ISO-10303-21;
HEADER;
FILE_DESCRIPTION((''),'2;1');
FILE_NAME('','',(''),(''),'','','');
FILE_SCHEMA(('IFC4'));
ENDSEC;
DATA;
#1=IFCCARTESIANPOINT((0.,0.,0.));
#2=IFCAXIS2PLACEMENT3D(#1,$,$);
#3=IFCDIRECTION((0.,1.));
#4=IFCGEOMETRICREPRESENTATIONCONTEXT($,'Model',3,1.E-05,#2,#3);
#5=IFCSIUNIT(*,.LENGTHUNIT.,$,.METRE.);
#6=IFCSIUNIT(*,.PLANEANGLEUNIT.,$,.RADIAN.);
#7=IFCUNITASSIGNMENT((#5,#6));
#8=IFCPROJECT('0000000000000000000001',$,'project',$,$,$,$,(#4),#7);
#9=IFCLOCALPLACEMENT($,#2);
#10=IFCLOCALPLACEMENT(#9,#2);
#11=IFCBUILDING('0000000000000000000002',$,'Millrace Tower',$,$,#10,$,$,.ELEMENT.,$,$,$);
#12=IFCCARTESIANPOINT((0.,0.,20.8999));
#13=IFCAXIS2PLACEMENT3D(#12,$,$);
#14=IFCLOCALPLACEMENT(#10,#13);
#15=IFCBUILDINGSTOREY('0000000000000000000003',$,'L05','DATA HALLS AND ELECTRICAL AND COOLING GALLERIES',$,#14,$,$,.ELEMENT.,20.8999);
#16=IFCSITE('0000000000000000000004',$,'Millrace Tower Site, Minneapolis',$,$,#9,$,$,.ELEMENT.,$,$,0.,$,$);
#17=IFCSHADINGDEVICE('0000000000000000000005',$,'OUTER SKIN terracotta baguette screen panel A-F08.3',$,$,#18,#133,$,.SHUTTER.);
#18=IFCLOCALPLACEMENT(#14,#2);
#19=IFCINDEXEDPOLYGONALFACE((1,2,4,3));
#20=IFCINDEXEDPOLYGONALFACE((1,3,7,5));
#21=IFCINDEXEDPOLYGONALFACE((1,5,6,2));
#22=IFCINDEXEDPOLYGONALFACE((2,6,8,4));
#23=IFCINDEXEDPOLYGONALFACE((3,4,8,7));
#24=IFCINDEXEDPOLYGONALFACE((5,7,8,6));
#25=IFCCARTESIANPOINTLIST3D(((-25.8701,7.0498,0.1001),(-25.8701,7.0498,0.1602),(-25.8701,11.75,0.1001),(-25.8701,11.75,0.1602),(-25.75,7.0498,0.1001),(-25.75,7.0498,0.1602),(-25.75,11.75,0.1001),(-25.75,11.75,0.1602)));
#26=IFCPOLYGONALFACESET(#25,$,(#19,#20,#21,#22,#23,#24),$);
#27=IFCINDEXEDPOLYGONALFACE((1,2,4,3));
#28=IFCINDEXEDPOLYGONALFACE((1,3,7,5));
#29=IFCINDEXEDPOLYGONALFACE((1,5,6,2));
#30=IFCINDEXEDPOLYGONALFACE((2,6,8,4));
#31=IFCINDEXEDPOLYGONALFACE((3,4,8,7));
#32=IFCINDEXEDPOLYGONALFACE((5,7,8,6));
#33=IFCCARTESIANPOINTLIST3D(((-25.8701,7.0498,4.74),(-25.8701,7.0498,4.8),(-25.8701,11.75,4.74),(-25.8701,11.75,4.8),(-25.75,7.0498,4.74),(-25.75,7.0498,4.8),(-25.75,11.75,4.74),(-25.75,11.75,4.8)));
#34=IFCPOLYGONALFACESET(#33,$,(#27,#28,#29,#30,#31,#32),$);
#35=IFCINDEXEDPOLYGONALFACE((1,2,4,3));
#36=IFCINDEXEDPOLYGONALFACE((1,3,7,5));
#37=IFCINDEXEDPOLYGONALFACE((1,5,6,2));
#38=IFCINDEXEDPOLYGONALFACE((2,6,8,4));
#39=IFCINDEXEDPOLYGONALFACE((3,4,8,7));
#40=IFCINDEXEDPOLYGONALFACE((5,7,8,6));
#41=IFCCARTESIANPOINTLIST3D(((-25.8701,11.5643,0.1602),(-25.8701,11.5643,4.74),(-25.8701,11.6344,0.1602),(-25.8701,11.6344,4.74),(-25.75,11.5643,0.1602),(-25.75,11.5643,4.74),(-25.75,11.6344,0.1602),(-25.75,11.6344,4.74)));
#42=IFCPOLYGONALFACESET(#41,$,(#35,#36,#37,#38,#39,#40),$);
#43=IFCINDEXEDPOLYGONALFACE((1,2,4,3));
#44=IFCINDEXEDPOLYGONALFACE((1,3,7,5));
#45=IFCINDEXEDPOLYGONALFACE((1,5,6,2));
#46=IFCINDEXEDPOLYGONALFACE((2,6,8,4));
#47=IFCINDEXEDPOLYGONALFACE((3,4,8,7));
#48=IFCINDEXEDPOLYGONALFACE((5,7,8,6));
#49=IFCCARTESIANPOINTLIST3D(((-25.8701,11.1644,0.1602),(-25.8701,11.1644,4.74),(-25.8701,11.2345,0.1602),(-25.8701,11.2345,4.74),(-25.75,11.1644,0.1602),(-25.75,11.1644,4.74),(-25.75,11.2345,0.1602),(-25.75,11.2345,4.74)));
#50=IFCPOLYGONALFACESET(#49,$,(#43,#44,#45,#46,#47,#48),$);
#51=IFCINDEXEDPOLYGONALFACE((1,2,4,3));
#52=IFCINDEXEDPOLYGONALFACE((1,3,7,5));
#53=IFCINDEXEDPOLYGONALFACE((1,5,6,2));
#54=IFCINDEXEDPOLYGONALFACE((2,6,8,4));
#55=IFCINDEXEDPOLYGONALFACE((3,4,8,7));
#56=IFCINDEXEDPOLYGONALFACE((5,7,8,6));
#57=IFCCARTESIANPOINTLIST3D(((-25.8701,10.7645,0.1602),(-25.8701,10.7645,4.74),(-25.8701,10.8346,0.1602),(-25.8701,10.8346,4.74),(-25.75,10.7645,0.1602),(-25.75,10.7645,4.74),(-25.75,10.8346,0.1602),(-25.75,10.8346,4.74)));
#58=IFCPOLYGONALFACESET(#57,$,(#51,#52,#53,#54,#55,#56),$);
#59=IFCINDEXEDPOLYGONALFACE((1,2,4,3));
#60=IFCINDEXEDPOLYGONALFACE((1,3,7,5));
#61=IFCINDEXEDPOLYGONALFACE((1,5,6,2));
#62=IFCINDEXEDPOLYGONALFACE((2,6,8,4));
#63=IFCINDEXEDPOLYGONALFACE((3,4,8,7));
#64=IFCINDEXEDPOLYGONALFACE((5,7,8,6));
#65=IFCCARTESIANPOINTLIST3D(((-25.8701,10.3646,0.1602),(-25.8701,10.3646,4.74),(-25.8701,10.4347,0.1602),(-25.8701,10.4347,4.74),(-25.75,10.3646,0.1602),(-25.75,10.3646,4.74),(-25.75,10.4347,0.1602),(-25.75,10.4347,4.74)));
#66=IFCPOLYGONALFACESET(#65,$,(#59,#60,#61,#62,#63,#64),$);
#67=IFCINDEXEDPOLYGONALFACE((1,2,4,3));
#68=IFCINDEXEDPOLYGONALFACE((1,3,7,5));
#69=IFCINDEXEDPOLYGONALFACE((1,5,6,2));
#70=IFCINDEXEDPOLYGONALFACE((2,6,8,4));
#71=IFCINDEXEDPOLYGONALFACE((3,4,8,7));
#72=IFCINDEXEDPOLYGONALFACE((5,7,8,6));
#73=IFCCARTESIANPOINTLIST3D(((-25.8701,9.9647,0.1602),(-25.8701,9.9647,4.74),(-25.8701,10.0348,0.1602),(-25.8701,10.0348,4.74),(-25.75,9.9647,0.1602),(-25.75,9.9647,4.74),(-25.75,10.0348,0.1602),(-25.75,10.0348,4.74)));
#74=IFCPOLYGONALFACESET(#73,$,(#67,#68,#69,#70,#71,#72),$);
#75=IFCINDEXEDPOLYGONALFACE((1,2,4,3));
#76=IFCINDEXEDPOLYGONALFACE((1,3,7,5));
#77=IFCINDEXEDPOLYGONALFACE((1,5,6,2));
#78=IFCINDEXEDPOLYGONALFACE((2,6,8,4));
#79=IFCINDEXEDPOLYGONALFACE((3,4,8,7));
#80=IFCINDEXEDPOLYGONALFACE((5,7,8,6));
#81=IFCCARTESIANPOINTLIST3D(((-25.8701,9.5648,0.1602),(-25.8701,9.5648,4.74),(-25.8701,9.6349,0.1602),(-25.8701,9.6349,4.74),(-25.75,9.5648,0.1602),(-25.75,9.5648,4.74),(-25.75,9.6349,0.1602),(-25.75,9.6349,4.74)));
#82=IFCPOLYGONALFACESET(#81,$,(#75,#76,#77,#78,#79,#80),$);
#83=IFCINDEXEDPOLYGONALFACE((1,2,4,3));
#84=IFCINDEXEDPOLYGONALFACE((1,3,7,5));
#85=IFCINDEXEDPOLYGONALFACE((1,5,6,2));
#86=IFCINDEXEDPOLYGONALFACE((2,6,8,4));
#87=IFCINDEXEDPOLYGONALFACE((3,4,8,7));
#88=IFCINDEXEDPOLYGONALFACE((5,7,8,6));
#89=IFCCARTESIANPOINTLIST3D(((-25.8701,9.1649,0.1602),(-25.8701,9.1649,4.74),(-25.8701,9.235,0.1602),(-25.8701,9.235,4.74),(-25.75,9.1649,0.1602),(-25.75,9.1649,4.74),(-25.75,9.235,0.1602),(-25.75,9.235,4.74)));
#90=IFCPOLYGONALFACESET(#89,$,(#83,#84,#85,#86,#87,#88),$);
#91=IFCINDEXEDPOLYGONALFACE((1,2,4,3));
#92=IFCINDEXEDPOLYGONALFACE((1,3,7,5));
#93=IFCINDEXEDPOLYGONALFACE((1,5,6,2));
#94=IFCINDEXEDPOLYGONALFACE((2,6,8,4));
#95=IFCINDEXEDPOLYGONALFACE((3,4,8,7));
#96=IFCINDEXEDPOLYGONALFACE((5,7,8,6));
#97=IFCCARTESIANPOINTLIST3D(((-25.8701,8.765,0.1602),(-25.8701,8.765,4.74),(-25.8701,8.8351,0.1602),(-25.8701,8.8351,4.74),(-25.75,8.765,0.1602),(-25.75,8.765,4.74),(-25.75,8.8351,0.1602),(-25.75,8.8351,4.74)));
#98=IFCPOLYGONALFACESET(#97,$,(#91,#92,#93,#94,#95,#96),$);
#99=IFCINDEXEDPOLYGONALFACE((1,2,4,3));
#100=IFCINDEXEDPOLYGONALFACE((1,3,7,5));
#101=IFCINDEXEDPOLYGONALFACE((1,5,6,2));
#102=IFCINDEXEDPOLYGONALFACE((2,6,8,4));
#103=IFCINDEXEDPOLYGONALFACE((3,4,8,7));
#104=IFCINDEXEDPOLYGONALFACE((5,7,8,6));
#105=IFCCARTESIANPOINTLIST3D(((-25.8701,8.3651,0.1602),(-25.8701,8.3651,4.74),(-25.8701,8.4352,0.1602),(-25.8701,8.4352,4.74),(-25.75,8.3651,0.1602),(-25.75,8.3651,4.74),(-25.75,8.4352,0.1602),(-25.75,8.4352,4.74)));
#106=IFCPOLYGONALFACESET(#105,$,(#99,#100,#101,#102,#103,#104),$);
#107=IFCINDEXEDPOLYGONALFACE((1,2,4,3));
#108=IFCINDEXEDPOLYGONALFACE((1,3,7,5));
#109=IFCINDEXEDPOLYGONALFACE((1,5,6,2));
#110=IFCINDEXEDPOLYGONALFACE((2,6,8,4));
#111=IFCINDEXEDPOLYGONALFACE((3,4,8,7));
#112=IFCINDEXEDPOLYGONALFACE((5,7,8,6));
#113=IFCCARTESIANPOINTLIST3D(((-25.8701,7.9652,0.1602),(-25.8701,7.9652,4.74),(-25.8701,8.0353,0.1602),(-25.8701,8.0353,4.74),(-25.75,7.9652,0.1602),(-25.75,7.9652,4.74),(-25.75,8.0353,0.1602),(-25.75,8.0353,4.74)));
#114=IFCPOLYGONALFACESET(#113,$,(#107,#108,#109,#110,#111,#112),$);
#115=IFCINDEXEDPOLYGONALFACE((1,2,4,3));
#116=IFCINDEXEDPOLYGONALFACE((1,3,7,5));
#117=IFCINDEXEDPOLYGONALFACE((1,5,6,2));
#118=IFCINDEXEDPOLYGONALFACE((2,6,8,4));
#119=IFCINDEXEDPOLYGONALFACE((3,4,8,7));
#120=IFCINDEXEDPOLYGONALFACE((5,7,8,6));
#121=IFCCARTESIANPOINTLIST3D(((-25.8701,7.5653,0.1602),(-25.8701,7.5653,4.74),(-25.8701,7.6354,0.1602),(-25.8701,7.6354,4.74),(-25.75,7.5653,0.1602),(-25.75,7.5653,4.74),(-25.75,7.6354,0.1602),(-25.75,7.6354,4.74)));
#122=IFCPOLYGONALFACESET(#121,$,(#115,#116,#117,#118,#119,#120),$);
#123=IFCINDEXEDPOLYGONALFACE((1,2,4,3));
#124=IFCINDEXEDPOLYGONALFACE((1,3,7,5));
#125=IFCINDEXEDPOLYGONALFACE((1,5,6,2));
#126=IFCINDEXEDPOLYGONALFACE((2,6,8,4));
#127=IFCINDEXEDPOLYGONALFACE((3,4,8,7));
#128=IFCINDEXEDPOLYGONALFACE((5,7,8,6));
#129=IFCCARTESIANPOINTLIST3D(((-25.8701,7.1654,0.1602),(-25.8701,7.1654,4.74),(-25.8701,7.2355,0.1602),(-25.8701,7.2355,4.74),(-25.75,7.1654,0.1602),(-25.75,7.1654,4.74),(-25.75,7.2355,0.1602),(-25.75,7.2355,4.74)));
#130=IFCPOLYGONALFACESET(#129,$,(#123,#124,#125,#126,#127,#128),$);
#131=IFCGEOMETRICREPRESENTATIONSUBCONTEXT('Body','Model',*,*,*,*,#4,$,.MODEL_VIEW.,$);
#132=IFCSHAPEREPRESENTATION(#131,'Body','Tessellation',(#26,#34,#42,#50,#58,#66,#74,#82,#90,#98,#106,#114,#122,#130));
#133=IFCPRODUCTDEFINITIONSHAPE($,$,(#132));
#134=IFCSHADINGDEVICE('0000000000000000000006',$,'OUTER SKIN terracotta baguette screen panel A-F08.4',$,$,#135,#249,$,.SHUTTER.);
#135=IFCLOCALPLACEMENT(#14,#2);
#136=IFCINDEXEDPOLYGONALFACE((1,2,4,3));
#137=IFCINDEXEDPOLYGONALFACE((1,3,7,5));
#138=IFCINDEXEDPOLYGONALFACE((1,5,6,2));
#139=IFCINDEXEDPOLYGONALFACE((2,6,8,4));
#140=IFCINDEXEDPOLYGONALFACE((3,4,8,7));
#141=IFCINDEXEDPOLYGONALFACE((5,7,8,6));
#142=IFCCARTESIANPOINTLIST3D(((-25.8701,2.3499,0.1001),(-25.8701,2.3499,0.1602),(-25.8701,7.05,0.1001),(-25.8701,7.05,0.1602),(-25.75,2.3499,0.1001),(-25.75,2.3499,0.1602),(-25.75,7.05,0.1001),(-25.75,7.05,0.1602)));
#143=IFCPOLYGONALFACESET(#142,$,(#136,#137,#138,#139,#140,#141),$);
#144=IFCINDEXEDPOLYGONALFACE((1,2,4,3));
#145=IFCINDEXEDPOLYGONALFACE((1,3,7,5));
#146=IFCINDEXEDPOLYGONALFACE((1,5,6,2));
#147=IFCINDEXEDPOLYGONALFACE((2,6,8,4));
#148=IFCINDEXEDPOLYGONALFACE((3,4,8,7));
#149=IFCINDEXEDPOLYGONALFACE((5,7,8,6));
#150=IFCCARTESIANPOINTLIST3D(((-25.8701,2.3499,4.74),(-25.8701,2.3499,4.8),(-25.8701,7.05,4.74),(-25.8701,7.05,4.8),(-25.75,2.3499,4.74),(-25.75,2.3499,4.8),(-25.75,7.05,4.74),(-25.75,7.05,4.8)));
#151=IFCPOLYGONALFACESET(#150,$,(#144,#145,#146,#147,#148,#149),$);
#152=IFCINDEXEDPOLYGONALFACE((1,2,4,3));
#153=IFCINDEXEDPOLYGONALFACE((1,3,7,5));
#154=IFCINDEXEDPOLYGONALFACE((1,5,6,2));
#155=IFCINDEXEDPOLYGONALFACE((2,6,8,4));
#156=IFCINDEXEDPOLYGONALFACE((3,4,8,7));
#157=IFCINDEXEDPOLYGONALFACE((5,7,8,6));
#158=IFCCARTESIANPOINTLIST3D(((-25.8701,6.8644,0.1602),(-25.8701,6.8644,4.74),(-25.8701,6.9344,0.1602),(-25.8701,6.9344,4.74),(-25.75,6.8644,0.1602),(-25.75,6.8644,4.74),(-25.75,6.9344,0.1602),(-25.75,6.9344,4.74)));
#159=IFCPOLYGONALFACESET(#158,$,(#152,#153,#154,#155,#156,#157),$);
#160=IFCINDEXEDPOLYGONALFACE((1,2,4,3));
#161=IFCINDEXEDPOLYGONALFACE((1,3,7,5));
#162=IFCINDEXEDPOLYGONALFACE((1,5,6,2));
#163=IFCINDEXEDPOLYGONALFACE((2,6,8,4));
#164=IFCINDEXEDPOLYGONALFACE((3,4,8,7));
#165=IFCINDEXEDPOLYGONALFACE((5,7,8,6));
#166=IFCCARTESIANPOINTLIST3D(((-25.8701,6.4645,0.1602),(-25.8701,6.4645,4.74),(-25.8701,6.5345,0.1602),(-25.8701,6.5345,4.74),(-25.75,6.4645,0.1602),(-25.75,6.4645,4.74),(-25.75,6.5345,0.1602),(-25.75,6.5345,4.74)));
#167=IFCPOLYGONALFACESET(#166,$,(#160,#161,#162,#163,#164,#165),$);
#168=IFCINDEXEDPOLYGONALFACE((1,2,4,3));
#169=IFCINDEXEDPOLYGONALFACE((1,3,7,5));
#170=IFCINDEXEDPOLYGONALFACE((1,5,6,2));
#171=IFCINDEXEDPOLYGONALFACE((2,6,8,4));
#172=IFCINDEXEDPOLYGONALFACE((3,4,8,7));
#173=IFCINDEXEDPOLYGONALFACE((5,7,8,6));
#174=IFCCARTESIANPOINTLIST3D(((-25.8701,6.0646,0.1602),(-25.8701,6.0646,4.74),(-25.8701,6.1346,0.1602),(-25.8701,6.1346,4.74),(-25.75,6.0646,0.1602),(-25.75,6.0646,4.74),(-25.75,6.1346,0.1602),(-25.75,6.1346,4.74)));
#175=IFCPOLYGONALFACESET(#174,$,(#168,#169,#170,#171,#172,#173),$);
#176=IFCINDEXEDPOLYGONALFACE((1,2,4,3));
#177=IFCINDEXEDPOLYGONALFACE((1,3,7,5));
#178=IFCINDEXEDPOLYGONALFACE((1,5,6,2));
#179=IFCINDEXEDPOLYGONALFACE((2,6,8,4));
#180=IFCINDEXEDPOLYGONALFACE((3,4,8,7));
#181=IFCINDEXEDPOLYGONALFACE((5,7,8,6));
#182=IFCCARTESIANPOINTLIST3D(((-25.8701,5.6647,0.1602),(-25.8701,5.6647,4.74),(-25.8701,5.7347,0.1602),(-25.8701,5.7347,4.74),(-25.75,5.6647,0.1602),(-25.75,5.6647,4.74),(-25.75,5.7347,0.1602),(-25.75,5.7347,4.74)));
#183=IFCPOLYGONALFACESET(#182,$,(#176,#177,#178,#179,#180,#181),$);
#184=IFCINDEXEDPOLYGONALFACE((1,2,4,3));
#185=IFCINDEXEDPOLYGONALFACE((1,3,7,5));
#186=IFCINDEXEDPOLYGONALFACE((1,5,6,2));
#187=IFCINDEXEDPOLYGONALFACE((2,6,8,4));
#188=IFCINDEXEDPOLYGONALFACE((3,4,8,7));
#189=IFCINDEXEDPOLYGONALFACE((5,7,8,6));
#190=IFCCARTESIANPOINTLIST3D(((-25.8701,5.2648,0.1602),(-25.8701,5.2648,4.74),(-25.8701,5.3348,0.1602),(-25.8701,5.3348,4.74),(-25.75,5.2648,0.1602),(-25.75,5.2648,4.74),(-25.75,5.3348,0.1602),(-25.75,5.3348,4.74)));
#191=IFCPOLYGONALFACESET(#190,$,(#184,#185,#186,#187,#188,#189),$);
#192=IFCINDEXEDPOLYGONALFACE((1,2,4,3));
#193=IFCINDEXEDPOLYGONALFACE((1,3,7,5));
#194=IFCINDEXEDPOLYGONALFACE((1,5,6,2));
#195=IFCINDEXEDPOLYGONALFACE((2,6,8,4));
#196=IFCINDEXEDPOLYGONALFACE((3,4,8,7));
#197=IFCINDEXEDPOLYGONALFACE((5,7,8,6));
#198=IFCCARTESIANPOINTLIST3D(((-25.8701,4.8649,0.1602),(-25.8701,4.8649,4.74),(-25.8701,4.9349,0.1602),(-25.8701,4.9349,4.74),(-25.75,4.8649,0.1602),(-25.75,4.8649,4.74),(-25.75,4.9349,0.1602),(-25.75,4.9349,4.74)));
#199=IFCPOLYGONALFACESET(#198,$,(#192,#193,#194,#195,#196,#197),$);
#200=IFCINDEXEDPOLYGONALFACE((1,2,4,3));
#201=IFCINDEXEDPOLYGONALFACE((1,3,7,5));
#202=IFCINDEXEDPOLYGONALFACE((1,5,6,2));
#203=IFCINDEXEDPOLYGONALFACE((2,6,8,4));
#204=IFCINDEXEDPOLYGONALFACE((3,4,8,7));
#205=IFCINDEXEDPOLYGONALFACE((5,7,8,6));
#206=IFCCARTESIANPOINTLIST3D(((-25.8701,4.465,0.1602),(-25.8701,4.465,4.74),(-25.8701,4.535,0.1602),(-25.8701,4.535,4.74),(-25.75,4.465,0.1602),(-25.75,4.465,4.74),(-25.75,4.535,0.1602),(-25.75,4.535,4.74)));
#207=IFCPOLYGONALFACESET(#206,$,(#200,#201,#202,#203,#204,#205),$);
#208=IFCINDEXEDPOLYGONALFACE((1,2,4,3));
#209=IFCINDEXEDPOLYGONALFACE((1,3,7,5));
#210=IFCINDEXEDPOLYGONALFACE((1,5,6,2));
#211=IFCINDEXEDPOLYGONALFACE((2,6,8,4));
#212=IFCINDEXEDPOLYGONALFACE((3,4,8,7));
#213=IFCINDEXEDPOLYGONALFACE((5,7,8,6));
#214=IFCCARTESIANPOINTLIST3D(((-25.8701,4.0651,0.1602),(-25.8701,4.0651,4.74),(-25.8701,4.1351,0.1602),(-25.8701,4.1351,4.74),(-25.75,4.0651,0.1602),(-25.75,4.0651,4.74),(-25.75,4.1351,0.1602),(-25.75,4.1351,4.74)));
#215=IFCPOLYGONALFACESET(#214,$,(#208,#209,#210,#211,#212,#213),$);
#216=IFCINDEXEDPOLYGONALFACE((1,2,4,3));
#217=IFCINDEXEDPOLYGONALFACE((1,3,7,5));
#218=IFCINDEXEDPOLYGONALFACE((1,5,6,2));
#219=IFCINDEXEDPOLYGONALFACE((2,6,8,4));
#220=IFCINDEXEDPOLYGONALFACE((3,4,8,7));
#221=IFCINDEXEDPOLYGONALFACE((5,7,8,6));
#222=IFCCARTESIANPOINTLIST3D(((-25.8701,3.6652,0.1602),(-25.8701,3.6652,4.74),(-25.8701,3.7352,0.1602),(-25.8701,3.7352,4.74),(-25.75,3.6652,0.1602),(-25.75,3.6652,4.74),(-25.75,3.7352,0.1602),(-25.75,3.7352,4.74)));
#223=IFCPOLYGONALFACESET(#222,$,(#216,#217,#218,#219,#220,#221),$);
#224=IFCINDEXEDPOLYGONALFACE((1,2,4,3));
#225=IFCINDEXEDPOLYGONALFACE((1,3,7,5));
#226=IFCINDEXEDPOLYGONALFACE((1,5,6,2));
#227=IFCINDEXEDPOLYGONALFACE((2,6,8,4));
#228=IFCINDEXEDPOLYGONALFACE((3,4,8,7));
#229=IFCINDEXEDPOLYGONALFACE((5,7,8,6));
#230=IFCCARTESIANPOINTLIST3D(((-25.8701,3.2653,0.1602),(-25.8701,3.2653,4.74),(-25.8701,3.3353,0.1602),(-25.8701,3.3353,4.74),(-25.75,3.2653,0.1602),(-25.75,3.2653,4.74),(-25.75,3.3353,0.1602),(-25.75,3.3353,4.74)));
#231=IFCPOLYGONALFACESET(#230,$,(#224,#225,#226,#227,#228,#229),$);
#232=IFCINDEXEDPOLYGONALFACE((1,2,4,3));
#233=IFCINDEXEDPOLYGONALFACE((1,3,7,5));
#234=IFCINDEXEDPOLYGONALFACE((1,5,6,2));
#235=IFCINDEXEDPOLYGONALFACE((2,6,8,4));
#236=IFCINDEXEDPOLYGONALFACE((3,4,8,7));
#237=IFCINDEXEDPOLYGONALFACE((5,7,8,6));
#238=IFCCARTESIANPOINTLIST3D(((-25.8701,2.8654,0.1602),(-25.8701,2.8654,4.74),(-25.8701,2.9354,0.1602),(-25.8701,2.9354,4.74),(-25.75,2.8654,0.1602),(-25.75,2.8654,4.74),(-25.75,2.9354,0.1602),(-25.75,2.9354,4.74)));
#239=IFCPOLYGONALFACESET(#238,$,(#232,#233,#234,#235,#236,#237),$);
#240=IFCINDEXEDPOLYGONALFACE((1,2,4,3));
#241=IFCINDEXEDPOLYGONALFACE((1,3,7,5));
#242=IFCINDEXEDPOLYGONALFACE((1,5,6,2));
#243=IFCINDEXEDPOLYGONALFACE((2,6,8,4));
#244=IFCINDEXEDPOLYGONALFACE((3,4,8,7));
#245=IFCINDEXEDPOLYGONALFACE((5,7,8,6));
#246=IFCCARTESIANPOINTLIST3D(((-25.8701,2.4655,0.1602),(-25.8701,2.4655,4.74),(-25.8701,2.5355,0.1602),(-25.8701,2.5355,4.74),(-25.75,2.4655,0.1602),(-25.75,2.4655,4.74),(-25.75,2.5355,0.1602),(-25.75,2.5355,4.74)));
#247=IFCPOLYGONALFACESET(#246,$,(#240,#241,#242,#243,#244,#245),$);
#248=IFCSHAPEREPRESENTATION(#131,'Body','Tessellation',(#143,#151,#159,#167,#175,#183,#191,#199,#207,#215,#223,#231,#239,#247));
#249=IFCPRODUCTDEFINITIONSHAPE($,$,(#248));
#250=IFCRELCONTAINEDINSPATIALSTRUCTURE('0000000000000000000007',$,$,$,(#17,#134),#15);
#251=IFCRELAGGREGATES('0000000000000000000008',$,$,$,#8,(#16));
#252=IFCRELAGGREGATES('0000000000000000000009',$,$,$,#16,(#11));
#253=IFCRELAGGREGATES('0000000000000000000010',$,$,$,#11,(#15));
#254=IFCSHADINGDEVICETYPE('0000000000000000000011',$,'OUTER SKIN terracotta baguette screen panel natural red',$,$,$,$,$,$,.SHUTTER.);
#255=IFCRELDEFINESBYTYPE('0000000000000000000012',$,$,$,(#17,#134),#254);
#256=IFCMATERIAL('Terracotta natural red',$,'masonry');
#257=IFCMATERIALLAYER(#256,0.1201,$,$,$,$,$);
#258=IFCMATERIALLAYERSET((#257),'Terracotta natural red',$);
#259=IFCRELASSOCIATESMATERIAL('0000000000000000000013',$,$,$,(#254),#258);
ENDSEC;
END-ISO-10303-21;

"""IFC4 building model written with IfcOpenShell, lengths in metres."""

from ifc_helpers import new_model, entity, si_unit, direction, frame, frame_2d, origin, place, context, subcontext, project, spatial, rectangle, extrude, source, transform, mapped, material, layer, layer_set, type_object, element, save


model = new_model("IFC4")

# Units and contexts
model_context = context("Model", 3, precision=1e-05, world=origin(), true_north=direction((0.0, 1.0)))
body_context = subcontext(model_context, "Body", "Model", "MODEL_VIEW")
ifc_project = project(units=[si_unit("LENGTHUNIT", "METRE"), si_unit("PLANEANGLEUNIT", "RADIAN")], contexts=[model_context])

# Site, building, storey
site_placement = place(None, origin())
site = spatial("IfcSite", under=ifc_project, at=site_placement, Name="Millrace Tower Site, Minneapolis", CompositionType="ELEMENT", RefElevation=0.0)
building_placement = place(site_placement, origin())
building = spatial("IfcBuilding", under=site, at=building_placement, Name="Millrace Tower", CompositionType="ELEMENT")
storey_placement = place(building_placement, frame((0.0, 0.0, 20.8999)))
storey = spatial("IfcBuildingStorey", under=building, at=storey_placement, Name="L05", Description="DATA HALLS AND ELECTRICAL AND COOLING GALLERIES", CompositionType="ELEMENT", Elevation=20.8999)

# Shading devices
cartesian_point = entity("IfcCartesianPoint", [-2.3501, 0.0601])
shared_polyline = entity("IfcPolyline", [cartesian_point, entity("IfcCartesianPoint", [2.3501, 0.0601]), entity("IfcCartesianPoint", [2.3501, -0.0601]), entity("IfcCartesianPoint", [-2.3501, -0.0601]), cartesian_point])
ifc_material_1 = material(Name="Terracotta natural red", Category="masonry")
ifc_layer_1 = layer(ifc_material_1, 0.1201)
ifc_layer_set_1 = layer_set([ifc_layer_1], Name="Terracotta natural red")
shading_device_type_1 = type_object("IfcShadingDeviceType", Name="OUTER SKIN terracotta baguette screen panel natural red", PredefinedType="SHUTTER", material=ifc_layer_set_1)
shared_shape_1 = source(origin(), body_context, "Body", "SweptSolid", [
    entity("IfcExtrudedAreaSolid", entity("IfcArbitraryClosedProfileDef", "AREA", None, shared_polyline), entity("IfcAxis2Placement3D", entity("IfcCartesianPoint", [0.0, 0.0, 0.0])), entity("IfcDirection", [0.0, 0.0, 1.0]), 0.0601),
    entity("IfcExtrudedAreaSolid", entity("IfcArbitraryClosedProfileDef", "AREA", None, shared_polyline), entity("IfcAxis2Placement3D", entity("IfcCartesianPoint", [0.0, 0.0, 4.6399])), entity("IfcDirection", [0.0, 0.0, 1.0]), 0.0601),
    extrude(rectangle(XDim=0.0701, YDim=0.1201, at=frame_2d((-2.1995, 0.0))), frame((0.0, 0.0, 0.0601)), (0.0, 0.0, 1.0), 4.5798),
    extrude(rectangle(XDim=0.0701, YDim=0.1201, at=frame_2d((-1.7996, 0.0))), frame((0.0, 0.0, 0.0601)), (0.0, 0.0, 1.0), 4.5798),
    extrude(rectangle(XDim=0.0701, YDim=0.1201, at=frame_2d((-1.3997, 0.0))), frame((0.0, 0.0, 0.0601)), (0.0, 0.0, 1.0), 4.5798),
    extrude(rectangle(XDim=0.0701, YDim=0.1201, at=frame_2d((-0.9998, 0.0))), frame((0.0, 0.0, 0.0601)), (0.0, 0.0, 1.0), 4.5798),
    extrude(rectangle(XDim=0.0701, YDim=0.1201, at=frame_2d((-0.5999, 0.0))), frame((0.0, 0.0, 0.0601)), (0.0, 0.0, 1.0), 4.5798),
    extrude(rectangle(XDim=0.0701, YDim=0.1201, at=frame_2d((-0.2, 0.0))), frame((0.0, 0.0, 0.0601)), (0.0, 0.0, 1.0), 4.5798),
    extrude(rectangle(XDim=0.0701, YDim=0.1201, at=frame_2d((0.2, 0.0))), frame((0.0, 0.0, 0.0601)), (0.0, 0.0, 1.0), 4.5798),
    extrude(rectangle(XDim=0.0701, YDim=0.1201, at=frame_2d((0.5999, 0.0))), frame((0.0, 0.0, 0.0601)), (0.0, 0.0, 1.0), 4.5798),
    extrude(rectangle(XDim=0.0701, YDim=0.1201, at=frame_2d((0.9998, 0.0))), frame((0.0, 0.0, 0.0601)), (0.0, 0.0, 1.0), 4.5798),
    extrude(rectangle(XDim=0.0701, YDim=0.1201, at=frame_2d((1.3997, 0.0))), frame((0.0, 0.0, 0.0601)), (0.0, 0.0, 1.0), 4.5798),
    extrude(rectangle(XDim=0.0701, YDim=0.1201, at=frame_2d((1.7996, 0.0))), frame((0.0, 0.0, 0.0601)), (0.0, 0.0, 1.0), 4.5798),
    extrude(rectangle(XDim=0.0701, YDim=0.1201, at=frame_2d((2.1995, 0.0))), frame((0.0, 0.0, 0.0601)), (0.0, 0.0, 1.0), 4.5798),
])
for number, where, z_axis, x_axis, name in (
    (1, (-25.8101, 9.3999, 0.1001), (0.0, 0.0, 1.0), (0.0, -1.0, 0.0), "OUTER SKIN terracotta baguette screen panel A-F08.3"),
    (2, (-25.8101, 4.7, 0.1001), (0.0, 0.0, 1.0), (0.0, -1.0, 0.0), "OUTER SKIN terracotta baguette screen panel A-F08.4"),
):
    element("IfcShadingDevice", number, at=place(storey_placement, frame(where, z_axis=z_axis, x_axis=x_axis)), inside=storey, type_object=shading_device_type_1, Name=name, PredefinedType="SHUTTER", context=body_context, shape_type="MappedRepresentation", body=[
        mapped(shared_shape_1, transform((0.0, 0.0, 0.0), scale=1.0)),
    ])

save(model, "model.ifc")
